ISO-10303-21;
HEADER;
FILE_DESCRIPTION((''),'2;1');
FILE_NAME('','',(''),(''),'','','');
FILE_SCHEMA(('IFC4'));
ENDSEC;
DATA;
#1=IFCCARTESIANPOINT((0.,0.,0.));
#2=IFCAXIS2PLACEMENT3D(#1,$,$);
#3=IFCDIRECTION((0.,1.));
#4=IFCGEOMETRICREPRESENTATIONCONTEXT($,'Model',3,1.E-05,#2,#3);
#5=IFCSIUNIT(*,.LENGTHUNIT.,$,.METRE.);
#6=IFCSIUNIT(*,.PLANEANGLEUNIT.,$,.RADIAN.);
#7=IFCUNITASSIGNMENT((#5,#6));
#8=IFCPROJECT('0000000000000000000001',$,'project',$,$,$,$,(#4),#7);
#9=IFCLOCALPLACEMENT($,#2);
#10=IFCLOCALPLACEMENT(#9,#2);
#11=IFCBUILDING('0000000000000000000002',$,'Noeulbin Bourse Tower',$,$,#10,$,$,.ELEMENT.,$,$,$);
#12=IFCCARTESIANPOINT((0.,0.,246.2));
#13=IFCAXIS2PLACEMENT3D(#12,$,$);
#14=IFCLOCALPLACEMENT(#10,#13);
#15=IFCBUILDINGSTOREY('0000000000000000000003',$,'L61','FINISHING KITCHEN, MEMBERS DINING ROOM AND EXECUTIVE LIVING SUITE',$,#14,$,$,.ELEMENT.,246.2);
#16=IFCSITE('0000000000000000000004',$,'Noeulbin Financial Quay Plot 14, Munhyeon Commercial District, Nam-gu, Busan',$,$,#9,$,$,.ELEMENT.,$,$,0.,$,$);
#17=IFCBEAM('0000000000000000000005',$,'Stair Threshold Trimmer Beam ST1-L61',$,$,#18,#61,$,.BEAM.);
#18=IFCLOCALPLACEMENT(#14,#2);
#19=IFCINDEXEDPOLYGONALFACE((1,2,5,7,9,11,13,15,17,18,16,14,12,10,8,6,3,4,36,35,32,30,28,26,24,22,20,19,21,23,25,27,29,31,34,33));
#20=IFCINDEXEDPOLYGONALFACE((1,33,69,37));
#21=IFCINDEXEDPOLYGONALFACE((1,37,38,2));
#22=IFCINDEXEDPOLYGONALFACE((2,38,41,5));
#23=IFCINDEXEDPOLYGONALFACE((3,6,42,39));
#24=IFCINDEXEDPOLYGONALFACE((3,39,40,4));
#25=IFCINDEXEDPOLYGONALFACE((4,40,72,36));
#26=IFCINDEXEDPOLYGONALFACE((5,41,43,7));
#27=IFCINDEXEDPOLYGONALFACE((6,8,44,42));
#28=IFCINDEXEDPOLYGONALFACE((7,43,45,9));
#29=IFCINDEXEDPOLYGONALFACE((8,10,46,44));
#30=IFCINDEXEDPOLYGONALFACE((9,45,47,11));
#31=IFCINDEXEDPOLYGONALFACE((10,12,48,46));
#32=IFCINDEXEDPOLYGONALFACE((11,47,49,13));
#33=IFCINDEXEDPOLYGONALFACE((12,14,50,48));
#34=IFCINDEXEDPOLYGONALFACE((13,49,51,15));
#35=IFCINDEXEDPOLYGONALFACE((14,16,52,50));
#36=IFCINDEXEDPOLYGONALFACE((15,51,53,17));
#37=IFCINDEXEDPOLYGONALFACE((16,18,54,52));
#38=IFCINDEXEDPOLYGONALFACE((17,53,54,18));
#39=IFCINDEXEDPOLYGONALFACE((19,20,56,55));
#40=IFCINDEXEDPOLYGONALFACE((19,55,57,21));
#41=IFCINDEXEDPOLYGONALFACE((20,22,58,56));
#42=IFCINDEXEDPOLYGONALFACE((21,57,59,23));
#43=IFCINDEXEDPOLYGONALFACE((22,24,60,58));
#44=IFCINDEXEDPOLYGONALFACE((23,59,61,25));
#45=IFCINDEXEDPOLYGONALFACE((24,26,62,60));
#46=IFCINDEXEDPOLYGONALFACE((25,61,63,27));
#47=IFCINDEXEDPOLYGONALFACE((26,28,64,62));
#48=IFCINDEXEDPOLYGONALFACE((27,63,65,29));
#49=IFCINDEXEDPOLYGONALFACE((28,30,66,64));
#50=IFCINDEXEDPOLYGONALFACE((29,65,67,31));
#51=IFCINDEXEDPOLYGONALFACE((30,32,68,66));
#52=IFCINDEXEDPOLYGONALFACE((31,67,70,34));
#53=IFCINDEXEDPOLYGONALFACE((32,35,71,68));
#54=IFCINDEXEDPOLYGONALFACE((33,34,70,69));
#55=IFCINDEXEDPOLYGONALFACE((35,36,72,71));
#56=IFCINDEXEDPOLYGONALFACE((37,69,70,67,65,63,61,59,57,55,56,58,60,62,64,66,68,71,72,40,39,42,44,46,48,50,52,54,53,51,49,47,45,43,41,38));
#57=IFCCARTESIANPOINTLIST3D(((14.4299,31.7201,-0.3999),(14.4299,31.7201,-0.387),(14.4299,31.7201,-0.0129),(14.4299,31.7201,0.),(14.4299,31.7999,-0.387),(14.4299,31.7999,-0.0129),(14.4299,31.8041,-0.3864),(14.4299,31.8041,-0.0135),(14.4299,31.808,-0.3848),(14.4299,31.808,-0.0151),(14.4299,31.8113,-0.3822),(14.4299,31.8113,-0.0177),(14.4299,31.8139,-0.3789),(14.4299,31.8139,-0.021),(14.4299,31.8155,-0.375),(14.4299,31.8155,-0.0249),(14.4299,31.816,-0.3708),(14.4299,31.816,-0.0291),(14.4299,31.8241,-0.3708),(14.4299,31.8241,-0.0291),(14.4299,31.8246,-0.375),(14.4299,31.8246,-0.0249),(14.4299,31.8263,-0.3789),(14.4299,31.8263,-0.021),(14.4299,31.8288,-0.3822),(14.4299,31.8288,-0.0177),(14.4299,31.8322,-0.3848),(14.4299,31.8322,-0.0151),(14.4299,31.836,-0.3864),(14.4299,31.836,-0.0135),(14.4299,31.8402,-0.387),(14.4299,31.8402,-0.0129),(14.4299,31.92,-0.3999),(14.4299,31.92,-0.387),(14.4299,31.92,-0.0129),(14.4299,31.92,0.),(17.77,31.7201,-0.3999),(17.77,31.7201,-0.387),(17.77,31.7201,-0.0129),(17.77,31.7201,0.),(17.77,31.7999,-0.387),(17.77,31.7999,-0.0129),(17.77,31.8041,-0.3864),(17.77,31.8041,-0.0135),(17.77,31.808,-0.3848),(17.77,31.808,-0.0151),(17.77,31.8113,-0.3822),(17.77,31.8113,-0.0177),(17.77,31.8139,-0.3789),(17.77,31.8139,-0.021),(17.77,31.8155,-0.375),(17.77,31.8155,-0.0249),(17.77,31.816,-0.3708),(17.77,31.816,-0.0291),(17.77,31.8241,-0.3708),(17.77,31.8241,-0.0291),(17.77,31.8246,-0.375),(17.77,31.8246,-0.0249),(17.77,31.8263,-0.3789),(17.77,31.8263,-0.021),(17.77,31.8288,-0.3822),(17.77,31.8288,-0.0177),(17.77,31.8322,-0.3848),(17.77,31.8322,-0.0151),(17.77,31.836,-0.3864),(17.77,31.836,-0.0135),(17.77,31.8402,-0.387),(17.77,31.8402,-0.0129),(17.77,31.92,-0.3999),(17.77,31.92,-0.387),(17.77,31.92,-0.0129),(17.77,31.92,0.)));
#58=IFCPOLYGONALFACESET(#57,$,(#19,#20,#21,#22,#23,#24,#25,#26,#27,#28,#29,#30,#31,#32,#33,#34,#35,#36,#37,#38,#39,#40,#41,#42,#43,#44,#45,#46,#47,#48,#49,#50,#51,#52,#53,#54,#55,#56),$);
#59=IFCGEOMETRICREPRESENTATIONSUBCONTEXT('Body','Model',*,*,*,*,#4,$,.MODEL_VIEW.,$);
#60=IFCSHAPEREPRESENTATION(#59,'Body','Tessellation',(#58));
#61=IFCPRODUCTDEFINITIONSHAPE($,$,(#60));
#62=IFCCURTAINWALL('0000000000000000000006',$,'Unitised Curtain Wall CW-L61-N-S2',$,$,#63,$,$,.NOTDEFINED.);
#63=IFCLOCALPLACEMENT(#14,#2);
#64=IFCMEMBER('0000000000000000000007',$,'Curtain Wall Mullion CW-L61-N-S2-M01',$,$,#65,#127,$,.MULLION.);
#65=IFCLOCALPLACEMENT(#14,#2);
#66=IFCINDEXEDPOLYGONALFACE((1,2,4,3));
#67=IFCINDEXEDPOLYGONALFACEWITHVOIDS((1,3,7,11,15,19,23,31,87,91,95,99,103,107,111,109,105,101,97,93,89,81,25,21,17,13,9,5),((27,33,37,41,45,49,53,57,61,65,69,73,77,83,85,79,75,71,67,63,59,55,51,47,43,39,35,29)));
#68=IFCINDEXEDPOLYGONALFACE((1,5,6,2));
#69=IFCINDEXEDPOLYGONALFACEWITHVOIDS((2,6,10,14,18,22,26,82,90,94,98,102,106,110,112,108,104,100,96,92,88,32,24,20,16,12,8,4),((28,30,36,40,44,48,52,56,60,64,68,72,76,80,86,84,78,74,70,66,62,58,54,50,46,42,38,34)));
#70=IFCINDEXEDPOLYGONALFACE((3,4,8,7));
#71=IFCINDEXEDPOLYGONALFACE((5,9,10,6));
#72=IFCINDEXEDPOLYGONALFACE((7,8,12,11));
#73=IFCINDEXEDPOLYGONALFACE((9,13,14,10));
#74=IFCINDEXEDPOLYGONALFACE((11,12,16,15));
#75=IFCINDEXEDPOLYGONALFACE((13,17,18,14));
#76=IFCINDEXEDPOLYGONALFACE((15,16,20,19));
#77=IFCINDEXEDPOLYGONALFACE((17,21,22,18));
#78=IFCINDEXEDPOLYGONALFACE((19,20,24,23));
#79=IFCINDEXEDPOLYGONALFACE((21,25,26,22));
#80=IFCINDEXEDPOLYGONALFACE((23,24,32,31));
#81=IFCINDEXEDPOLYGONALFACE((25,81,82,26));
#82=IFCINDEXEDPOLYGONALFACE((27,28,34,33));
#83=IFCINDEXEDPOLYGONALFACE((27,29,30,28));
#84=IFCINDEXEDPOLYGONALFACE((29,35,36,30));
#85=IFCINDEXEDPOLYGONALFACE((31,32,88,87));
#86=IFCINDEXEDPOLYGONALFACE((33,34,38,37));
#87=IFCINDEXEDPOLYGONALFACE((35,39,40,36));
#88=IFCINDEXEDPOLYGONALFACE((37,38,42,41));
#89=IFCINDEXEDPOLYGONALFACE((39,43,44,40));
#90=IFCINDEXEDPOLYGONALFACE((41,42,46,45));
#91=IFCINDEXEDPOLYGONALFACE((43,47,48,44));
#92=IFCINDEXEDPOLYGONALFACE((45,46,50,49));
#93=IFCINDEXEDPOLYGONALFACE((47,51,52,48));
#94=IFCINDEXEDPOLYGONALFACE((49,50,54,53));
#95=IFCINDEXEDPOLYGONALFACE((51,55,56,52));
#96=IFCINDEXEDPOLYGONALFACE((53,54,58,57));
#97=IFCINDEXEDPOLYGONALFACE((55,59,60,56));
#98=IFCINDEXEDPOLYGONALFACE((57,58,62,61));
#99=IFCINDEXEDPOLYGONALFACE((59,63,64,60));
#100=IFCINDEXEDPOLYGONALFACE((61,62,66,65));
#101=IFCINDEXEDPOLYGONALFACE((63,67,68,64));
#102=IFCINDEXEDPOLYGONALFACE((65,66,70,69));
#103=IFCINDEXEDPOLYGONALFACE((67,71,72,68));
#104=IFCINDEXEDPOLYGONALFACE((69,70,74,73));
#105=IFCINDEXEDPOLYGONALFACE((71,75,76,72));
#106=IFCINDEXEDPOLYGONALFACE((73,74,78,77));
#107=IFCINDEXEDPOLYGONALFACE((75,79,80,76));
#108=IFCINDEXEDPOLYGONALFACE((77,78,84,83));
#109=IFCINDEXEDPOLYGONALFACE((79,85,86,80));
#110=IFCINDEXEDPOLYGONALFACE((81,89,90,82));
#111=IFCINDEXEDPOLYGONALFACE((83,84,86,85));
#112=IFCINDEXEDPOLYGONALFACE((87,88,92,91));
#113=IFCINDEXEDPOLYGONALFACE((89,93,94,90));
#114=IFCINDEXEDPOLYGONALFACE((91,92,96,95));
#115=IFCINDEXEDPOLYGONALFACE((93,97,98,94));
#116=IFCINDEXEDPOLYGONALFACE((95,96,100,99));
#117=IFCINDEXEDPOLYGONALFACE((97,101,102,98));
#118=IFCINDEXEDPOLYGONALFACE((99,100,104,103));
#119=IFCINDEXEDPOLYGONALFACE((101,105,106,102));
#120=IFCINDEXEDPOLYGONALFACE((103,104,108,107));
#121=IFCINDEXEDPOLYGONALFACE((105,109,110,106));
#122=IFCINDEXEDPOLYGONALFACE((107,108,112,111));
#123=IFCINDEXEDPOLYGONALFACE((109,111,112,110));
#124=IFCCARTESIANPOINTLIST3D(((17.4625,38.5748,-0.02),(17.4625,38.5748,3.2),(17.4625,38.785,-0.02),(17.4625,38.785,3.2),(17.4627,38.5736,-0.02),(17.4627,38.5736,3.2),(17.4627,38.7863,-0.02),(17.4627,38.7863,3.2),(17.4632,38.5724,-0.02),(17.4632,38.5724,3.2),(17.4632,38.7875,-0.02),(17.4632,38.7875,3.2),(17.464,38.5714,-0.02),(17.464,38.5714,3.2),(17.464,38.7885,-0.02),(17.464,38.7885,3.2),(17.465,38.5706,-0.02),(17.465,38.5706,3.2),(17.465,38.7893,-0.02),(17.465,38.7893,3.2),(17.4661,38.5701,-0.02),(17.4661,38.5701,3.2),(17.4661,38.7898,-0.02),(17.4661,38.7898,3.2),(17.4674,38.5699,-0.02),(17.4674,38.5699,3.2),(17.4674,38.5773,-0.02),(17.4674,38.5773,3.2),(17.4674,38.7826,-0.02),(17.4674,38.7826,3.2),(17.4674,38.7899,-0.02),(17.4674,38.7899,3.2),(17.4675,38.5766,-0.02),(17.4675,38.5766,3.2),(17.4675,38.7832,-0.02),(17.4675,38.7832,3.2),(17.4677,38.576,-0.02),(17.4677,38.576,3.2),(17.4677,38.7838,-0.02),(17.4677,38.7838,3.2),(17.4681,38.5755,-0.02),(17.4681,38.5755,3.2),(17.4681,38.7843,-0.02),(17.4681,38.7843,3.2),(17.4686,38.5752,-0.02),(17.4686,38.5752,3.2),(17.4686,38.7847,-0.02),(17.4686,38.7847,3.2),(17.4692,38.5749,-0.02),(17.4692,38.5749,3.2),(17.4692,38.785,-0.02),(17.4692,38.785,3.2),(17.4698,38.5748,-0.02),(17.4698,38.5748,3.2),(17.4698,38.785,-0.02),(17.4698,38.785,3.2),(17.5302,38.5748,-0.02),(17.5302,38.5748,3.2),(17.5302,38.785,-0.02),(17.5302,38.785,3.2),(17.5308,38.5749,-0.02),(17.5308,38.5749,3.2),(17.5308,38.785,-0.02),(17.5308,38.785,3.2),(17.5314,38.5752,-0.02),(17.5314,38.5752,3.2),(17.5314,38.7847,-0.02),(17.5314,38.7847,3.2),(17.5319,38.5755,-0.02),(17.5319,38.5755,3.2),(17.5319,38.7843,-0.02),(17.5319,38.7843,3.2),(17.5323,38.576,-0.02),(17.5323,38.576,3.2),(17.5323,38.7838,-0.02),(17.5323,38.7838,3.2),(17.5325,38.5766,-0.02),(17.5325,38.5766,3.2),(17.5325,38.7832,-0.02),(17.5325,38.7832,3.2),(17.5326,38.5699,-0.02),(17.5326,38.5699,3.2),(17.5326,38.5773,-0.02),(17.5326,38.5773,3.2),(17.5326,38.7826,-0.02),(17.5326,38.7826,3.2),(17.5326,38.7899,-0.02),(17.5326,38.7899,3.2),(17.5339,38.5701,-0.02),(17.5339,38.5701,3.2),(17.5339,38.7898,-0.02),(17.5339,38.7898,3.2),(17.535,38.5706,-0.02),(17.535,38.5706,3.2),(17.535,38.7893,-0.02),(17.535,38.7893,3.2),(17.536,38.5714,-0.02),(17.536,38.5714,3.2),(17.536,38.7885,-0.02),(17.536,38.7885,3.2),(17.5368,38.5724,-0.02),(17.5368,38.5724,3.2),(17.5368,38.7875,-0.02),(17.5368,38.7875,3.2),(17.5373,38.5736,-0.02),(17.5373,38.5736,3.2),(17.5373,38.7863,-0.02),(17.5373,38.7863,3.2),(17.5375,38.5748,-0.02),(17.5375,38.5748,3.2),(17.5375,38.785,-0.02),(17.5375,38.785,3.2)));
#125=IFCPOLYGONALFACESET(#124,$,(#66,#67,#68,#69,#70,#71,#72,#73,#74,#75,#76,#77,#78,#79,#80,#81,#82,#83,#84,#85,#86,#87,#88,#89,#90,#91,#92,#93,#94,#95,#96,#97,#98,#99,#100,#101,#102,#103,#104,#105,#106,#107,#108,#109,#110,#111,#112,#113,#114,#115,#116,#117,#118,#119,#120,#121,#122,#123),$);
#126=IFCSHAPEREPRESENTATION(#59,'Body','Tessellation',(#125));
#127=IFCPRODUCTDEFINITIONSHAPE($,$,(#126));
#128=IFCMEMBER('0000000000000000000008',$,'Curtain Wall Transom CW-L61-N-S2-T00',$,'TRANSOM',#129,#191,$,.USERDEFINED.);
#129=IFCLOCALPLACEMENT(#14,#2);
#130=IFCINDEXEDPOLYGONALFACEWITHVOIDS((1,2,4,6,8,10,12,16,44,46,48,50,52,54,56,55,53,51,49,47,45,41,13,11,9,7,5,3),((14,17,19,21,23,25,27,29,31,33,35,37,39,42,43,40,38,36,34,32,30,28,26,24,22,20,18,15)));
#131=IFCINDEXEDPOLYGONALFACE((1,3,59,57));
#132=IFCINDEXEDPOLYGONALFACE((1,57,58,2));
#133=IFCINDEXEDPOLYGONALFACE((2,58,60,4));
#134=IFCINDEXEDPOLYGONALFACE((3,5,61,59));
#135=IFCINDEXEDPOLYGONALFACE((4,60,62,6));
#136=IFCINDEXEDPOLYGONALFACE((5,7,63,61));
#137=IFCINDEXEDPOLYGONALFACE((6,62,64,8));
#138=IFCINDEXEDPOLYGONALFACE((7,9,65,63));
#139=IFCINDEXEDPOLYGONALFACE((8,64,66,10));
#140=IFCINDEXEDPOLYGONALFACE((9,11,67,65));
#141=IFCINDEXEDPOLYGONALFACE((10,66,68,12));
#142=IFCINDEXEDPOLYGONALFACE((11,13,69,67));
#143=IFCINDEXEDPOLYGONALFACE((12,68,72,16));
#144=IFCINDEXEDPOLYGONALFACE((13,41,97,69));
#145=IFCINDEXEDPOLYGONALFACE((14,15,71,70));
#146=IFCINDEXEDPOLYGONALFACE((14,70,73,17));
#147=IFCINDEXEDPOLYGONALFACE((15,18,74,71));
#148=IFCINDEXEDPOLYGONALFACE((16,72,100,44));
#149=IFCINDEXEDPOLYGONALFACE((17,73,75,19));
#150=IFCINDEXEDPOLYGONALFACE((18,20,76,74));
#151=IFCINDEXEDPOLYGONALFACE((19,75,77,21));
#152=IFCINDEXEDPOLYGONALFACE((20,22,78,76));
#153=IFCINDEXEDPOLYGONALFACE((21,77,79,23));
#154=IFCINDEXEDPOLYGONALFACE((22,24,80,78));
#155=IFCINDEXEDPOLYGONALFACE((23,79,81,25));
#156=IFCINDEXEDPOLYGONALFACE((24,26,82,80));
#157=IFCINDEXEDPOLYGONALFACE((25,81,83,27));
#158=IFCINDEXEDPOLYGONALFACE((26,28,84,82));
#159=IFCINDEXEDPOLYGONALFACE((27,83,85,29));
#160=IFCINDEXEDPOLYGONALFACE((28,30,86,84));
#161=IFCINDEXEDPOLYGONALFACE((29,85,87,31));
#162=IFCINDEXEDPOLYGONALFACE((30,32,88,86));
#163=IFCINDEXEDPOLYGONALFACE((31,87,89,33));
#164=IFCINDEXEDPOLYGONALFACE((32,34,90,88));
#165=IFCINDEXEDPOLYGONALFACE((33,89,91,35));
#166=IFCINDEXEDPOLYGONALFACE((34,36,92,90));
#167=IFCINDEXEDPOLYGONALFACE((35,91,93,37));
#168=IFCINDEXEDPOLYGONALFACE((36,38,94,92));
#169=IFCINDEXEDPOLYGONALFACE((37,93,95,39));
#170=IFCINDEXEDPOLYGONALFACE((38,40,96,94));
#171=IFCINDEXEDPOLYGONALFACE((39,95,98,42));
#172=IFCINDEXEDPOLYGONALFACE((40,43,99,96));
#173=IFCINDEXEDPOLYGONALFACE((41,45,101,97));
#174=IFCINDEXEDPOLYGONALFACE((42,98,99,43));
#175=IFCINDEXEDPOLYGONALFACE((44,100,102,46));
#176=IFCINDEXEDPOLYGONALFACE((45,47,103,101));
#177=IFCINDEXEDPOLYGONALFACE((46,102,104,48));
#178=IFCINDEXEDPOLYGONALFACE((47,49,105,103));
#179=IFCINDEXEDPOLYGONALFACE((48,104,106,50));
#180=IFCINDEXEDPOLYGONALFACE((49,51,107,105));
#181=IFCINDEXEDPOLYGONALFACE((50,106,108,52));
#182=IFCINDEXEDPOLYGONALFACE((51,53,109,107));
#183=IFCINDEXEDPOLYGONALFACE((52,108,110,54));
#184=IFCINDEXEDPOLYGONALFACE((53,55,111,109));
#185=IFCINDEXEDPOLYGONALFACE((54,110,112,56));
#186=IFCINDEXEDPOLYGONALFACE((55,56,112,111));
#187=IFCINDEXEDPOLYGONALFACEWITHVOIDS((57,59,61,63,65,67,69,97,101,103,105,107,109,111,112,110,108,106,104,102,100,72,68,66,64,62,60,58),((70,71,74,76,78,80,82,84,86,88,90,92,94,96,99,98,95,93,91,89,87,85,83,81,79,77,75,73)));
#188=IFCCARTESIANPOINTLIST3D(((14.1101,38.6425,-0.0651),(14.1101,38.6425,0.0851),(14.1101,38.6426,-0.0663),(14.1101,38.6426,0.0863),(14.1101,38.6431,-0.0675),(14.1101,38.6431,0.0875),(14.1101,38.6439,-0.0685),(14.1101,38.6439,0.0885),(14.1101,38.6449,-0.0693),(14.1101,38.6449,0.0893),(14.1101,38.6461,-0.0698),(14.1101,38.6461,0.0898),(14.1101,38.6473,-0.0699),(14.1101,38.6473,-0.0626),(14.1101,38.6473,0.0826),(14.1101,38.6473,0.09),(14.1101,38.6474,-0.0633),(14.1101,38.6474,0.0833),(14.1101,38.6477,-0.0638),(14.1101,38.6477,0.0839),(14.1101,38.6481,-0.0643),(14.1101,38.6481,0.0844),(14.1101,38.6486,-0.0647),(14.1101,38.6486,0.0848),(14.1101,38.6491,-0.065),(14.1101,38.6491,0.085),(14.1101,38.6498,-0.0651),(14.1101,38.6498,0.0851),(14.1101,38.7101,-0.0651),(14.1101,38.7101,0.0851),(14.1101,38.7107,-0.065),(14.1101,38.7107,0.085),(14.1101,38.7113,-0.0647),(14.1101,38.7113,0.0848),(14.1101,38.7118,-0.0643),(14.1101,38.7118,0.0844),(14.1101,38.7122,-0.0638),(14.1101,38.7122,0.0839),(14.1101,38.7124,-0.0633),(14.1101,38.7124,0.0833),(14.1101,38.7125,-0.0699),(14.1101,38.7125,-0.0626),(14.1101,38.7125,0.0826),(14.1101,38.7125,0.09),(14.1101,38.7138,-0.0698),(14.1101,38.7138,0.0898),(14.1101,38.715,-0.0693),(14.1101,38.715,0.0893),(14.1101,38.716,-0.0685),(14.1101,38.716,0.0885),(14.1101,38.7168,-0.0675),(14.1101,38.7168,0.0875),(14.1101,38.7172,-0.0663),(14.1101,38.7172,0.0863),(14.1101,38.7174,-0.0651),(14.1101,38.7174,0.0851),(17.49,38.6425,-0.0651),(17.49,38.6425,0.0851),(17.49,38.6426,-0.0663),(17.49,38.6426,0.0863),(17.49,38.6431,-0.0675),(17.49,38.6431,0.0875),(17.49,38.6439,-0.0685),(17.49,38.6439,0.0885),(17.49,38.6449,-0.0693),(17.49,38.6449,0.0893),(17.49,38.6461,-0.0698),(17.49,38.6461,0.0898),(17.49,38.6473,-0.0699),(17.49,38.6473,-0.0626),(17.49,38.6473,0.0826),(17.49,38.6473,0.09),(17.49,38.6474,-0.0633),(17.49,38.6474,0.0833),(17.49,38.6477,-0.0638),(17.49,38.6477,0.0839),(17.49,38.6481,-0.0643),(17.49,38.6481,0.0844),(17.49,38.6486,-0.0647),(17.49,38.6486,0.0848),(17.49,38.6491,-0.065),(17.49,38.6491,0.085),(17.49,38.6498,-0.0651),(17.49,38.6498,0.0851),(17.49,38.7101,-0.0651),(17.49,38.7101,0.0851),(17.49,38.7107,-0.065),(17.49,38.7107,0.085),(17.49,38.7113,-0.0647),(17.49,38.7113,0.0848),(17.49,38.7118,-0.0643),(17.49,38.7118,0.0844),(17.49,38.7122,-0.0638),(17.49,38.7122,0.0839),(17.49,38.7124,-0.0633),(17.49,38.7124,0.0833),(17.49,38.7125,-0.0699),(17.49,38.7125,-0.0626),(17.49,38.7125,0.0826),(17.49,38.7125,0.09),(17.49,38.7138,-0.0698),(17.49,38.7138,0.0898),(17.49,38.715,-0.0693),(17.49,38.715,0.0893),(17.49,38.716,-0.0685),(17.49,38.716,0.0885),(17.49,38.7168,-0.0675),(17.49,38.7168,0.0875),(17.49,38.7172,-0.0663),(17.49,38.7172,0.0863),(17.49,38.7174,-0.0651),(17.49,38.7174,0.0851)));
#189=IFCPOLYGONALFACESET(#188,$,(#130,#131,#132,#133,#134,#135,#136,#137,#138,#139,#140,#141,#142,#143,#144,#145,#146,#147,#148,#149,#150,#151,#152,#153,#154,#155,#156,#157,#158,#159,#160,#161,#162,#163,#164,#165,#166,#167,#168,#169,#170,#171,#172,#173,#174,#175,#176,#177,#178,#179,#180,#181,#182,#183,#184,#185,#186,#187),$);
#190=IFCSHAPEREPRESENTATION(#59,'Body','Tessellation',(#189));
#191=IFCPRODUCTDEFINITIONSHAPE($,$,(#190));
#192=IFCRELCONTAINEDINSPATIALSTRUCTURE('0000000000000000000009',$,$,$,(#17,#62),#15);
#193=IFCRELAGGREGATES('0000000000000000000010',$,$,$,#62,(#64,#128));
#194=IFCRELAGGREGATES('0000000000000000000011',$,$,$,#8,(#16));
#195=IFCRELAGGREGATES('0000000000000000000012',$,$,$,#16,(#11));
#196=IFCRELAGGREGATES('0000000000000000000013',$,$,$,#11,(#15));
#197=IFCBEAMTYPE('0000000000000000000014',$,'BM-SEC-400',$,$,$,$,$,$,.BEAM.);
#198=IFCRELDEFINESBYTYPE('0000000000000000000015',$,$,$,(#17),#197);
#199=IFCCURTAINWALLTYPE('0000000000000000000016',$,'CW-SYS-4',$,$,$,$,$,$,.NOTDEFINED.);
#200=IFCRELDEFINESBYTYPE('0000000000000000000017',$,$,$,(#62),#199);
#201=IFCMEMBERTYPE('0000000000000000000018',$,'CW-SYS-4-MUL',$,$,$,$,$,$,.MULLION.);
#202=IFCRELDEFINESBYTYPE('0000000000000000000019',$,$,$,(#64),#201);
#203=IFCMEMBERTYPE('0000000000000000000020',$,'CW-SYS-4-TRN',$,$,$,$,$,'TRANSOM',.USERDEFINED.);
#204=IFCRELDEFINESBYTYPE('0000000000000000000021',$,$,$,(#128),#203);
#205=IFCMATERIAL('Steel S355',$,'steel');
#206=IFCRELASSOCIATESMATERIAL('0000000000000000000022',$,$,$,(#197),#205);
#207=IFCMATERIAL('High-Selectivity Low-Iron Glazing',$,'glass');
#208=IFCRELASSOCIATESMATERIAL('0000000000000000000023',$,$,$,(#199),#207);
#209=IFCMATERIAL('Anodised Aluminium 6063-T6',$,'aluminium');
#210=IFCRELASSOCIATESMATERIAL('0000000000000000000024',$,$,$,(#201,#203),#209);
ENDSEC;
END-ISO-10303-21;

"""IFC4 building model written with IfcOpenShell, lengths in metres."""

from ifc_helpers import new_model, si_unit, direction, frame, origin, origin_2d, place, context, subcontext, project, spatial, hollow_rectangle, i_section, extrude, material, material_profile, profile_set, type_object, element, aggregate, save


model = new_model("IFC4")

# Units and contexts
model_context = context("Model", 3, precision=1e-05, world=origin(), true_north=direction((0.0, 1.0)))
body_context = subcontext(model_context, "Body", "Model", "MODEL_VIEW")
ifc_project = project(units=[si_unit("LENGTHUNIT", "METRE"), si_unit("PLANEANGLEUNIT", "RADIAN")], contexts=[model_context])

# Site, building, storey
site_placement = place(None, origin())
site = spatial("IfcSite", under=ifc_project, at=site_placement, Name="Noeulbin Financial Quay Plot 14, Munhyeon Commercial District, Nam-gu, Busan", CompositionType="ELEMENT", RefElevation=0.0)
building_placement = place(site_placement, origin())
building = spatial("IfcBuilding", under=site, at=building_placement, Name="Noeulbin Bourse Tower", CompositionType="ELEMENT")
storey_placement = place(building_placement, frame((0.0, 0.0, 246.2)))
storey = spatial("IfcBuildingStorey", under=building, at=storey_placement, Name="L61", Description="FINISHING KITCHEN, MEMBERS DINING ROOM AND EXECUTIVE LIVING SUITE", CompositionType="ELEMENT", Elevation=246.2)

# Beam
ifc_material_1 = material(Name="Steel S355", Category="steel")
ifc_material_profile_1 = material_profile(ifc_material_1, i_section(OverallWidth=0.2, OverallDepth=0.3999, WebThickness=0.0081, FlangeThickness=0.0129, FilletRadius=0.0161, at=origin_2d()), Name="H-400x200x8x13", Category="LoadBearing")
ifc_profile_set_1 = profile_set([ifc_material_profile_1], Name="Steel S355")
beam_type = type_object("IfcBeamType", Name="BM-SEC-400", PredefinedType="BEAM", material=ifc_profile_set_1)
beam_placement = place(storey_placement, frame((14.4299, 31.8201, -0.2), z_axis=(1.0, 0.0, 0.0), x_axis=(0.0, 1.0, 0.0)))
element("IfcBeam", 1, at=beam_placement, inside=storey, type_object=beam_type, Name="Stair Threshold Trimmer Beam ST1-L61", PredefinedType="BEAM", context=body_context, shape_type="SweptSolid", body=[
    extrude(i_section(OverallWidth=0.2, OverallDepth=0.3999, WebThickness=0.0081, FlangeThickness=0.0129, FilletRadius=0.0161, at=origin_2d()), origin(), (0.0, 0.0, 1.0), 3.3401),
])

# Curtain wall, members
ifc_material_2 = material(Name="High-Selectivity Low-Iron Glazing", Category="glass")
curtain_wall_type = type_object("IfcCurtainWallType", Name="CW-SYS-4", PredefinedType="NOTDEFINED", material=ifc_material_2)
curtain_wall_placement = place(storey_placement, origin())
curtain_wall = element("IfcCurtainWall", 2, at=curtain_wall_placement, inside=storey, type_object=curtain_wall_type, Name="Unitised Curtain Wall CW-L61-N-S2", PredefinedType="NOTDEFINED")
ifc_material_3 = material(Name="Anodised Aluminium 6063-T6", Category="aluminium")
ifc_material_profile_2 = material_profile(ifc_material_3, hollow_rectangle(XDim=0.075, YDim=0.22, WallThickness=0.0049, InnerFilletRadius=0.0024, OuterFilletRadius=0.0049, at=origin_2d()), Name="ALU-MULL-75x220x5", Category="LoadBearing")
ifc_profile_set_2 = profile_set([ifc_material_profile_2], Name="Anodised Aluminium 6063-T6")
member_type_1 = type_object("IfcMemberType", Name="CW-SYS-4-MUL", PredefinedType="MULLION", material=ifc_profile_set_2)
member_1_placement = place(storey_placement, frame((17.5, 38.6799, -0.02), z_axis=(0.0, 0.0, 1.0), x_axis=(1.0, 0.0, 0.0)))
member_1 = element("IfcMember", 3, at=member_1_placement, type_object=member_type_1, Name="Curtain Wall Mullion CW-L61-N-S2-M01", PredefinedType="MULLION", context=body_context, shape_type="SweptSolid", body=[
    extrude(hollow_rectangle(XDim=0.075, YDim=0.22, WallThickness=0.0049, InnerFilletRadius=0.0024, OuterFilletRadius=0.0049, at=origin_2d()), origin(), (0.0, 0.0, 1.0), 3.22),
])
ifc_material_profile_3 = material_profile(ifc_material_3, hollow_rectangle(XDim=0.075, YDim=0.1599, WallThickness=0.0049, InnerFilletRadius=0.0024, OuterFilletRadius=0.0049, at=origin_2d()), Name="ALU-TRAN-75x160x5", Category="LoadBearing")
ifc_profile_set_3 = profile_set([ifc_material_profile_3], Name="Anodised Aluminium 6063-T6")
member_type_2 = type_object("IfcMemberType", Name="CW-SYS-4-TRN", ElementType="TRANSOM", PredefinedType="USERDEFINED", material=ifc_profile_set_3)
member_2_placement = place(storey_placement, frame((14.1101, 38.6799, 0.01), z_axis=(1.0, 0.0, 0.0), x_axis=(0.0, 1.0, 0.0)))
member_2 = element("IfcMember", 4, at=member_2_placement, type_object=member_type_2, Name="Curtain Wall Transom CW-L61-N-S2-T00", ObjectType="TRANSOM", PredefinedType="USERDEFINED", context=body_context, shape_type="SweptSolid", body=[
    extrude(hollow_rectangle(XDim=0.075, YDim=0.1599, WallThickness=0.0049, InnerFilletRadius=0.0024, OuterFilletRadius=0.0049, at=origin_2d()), origin(), (0.0, 0.0, 1.0), 3.3799),
])
aggregate(curtain_wall, [member_1, member_2])

save(model, "model.ifc")
